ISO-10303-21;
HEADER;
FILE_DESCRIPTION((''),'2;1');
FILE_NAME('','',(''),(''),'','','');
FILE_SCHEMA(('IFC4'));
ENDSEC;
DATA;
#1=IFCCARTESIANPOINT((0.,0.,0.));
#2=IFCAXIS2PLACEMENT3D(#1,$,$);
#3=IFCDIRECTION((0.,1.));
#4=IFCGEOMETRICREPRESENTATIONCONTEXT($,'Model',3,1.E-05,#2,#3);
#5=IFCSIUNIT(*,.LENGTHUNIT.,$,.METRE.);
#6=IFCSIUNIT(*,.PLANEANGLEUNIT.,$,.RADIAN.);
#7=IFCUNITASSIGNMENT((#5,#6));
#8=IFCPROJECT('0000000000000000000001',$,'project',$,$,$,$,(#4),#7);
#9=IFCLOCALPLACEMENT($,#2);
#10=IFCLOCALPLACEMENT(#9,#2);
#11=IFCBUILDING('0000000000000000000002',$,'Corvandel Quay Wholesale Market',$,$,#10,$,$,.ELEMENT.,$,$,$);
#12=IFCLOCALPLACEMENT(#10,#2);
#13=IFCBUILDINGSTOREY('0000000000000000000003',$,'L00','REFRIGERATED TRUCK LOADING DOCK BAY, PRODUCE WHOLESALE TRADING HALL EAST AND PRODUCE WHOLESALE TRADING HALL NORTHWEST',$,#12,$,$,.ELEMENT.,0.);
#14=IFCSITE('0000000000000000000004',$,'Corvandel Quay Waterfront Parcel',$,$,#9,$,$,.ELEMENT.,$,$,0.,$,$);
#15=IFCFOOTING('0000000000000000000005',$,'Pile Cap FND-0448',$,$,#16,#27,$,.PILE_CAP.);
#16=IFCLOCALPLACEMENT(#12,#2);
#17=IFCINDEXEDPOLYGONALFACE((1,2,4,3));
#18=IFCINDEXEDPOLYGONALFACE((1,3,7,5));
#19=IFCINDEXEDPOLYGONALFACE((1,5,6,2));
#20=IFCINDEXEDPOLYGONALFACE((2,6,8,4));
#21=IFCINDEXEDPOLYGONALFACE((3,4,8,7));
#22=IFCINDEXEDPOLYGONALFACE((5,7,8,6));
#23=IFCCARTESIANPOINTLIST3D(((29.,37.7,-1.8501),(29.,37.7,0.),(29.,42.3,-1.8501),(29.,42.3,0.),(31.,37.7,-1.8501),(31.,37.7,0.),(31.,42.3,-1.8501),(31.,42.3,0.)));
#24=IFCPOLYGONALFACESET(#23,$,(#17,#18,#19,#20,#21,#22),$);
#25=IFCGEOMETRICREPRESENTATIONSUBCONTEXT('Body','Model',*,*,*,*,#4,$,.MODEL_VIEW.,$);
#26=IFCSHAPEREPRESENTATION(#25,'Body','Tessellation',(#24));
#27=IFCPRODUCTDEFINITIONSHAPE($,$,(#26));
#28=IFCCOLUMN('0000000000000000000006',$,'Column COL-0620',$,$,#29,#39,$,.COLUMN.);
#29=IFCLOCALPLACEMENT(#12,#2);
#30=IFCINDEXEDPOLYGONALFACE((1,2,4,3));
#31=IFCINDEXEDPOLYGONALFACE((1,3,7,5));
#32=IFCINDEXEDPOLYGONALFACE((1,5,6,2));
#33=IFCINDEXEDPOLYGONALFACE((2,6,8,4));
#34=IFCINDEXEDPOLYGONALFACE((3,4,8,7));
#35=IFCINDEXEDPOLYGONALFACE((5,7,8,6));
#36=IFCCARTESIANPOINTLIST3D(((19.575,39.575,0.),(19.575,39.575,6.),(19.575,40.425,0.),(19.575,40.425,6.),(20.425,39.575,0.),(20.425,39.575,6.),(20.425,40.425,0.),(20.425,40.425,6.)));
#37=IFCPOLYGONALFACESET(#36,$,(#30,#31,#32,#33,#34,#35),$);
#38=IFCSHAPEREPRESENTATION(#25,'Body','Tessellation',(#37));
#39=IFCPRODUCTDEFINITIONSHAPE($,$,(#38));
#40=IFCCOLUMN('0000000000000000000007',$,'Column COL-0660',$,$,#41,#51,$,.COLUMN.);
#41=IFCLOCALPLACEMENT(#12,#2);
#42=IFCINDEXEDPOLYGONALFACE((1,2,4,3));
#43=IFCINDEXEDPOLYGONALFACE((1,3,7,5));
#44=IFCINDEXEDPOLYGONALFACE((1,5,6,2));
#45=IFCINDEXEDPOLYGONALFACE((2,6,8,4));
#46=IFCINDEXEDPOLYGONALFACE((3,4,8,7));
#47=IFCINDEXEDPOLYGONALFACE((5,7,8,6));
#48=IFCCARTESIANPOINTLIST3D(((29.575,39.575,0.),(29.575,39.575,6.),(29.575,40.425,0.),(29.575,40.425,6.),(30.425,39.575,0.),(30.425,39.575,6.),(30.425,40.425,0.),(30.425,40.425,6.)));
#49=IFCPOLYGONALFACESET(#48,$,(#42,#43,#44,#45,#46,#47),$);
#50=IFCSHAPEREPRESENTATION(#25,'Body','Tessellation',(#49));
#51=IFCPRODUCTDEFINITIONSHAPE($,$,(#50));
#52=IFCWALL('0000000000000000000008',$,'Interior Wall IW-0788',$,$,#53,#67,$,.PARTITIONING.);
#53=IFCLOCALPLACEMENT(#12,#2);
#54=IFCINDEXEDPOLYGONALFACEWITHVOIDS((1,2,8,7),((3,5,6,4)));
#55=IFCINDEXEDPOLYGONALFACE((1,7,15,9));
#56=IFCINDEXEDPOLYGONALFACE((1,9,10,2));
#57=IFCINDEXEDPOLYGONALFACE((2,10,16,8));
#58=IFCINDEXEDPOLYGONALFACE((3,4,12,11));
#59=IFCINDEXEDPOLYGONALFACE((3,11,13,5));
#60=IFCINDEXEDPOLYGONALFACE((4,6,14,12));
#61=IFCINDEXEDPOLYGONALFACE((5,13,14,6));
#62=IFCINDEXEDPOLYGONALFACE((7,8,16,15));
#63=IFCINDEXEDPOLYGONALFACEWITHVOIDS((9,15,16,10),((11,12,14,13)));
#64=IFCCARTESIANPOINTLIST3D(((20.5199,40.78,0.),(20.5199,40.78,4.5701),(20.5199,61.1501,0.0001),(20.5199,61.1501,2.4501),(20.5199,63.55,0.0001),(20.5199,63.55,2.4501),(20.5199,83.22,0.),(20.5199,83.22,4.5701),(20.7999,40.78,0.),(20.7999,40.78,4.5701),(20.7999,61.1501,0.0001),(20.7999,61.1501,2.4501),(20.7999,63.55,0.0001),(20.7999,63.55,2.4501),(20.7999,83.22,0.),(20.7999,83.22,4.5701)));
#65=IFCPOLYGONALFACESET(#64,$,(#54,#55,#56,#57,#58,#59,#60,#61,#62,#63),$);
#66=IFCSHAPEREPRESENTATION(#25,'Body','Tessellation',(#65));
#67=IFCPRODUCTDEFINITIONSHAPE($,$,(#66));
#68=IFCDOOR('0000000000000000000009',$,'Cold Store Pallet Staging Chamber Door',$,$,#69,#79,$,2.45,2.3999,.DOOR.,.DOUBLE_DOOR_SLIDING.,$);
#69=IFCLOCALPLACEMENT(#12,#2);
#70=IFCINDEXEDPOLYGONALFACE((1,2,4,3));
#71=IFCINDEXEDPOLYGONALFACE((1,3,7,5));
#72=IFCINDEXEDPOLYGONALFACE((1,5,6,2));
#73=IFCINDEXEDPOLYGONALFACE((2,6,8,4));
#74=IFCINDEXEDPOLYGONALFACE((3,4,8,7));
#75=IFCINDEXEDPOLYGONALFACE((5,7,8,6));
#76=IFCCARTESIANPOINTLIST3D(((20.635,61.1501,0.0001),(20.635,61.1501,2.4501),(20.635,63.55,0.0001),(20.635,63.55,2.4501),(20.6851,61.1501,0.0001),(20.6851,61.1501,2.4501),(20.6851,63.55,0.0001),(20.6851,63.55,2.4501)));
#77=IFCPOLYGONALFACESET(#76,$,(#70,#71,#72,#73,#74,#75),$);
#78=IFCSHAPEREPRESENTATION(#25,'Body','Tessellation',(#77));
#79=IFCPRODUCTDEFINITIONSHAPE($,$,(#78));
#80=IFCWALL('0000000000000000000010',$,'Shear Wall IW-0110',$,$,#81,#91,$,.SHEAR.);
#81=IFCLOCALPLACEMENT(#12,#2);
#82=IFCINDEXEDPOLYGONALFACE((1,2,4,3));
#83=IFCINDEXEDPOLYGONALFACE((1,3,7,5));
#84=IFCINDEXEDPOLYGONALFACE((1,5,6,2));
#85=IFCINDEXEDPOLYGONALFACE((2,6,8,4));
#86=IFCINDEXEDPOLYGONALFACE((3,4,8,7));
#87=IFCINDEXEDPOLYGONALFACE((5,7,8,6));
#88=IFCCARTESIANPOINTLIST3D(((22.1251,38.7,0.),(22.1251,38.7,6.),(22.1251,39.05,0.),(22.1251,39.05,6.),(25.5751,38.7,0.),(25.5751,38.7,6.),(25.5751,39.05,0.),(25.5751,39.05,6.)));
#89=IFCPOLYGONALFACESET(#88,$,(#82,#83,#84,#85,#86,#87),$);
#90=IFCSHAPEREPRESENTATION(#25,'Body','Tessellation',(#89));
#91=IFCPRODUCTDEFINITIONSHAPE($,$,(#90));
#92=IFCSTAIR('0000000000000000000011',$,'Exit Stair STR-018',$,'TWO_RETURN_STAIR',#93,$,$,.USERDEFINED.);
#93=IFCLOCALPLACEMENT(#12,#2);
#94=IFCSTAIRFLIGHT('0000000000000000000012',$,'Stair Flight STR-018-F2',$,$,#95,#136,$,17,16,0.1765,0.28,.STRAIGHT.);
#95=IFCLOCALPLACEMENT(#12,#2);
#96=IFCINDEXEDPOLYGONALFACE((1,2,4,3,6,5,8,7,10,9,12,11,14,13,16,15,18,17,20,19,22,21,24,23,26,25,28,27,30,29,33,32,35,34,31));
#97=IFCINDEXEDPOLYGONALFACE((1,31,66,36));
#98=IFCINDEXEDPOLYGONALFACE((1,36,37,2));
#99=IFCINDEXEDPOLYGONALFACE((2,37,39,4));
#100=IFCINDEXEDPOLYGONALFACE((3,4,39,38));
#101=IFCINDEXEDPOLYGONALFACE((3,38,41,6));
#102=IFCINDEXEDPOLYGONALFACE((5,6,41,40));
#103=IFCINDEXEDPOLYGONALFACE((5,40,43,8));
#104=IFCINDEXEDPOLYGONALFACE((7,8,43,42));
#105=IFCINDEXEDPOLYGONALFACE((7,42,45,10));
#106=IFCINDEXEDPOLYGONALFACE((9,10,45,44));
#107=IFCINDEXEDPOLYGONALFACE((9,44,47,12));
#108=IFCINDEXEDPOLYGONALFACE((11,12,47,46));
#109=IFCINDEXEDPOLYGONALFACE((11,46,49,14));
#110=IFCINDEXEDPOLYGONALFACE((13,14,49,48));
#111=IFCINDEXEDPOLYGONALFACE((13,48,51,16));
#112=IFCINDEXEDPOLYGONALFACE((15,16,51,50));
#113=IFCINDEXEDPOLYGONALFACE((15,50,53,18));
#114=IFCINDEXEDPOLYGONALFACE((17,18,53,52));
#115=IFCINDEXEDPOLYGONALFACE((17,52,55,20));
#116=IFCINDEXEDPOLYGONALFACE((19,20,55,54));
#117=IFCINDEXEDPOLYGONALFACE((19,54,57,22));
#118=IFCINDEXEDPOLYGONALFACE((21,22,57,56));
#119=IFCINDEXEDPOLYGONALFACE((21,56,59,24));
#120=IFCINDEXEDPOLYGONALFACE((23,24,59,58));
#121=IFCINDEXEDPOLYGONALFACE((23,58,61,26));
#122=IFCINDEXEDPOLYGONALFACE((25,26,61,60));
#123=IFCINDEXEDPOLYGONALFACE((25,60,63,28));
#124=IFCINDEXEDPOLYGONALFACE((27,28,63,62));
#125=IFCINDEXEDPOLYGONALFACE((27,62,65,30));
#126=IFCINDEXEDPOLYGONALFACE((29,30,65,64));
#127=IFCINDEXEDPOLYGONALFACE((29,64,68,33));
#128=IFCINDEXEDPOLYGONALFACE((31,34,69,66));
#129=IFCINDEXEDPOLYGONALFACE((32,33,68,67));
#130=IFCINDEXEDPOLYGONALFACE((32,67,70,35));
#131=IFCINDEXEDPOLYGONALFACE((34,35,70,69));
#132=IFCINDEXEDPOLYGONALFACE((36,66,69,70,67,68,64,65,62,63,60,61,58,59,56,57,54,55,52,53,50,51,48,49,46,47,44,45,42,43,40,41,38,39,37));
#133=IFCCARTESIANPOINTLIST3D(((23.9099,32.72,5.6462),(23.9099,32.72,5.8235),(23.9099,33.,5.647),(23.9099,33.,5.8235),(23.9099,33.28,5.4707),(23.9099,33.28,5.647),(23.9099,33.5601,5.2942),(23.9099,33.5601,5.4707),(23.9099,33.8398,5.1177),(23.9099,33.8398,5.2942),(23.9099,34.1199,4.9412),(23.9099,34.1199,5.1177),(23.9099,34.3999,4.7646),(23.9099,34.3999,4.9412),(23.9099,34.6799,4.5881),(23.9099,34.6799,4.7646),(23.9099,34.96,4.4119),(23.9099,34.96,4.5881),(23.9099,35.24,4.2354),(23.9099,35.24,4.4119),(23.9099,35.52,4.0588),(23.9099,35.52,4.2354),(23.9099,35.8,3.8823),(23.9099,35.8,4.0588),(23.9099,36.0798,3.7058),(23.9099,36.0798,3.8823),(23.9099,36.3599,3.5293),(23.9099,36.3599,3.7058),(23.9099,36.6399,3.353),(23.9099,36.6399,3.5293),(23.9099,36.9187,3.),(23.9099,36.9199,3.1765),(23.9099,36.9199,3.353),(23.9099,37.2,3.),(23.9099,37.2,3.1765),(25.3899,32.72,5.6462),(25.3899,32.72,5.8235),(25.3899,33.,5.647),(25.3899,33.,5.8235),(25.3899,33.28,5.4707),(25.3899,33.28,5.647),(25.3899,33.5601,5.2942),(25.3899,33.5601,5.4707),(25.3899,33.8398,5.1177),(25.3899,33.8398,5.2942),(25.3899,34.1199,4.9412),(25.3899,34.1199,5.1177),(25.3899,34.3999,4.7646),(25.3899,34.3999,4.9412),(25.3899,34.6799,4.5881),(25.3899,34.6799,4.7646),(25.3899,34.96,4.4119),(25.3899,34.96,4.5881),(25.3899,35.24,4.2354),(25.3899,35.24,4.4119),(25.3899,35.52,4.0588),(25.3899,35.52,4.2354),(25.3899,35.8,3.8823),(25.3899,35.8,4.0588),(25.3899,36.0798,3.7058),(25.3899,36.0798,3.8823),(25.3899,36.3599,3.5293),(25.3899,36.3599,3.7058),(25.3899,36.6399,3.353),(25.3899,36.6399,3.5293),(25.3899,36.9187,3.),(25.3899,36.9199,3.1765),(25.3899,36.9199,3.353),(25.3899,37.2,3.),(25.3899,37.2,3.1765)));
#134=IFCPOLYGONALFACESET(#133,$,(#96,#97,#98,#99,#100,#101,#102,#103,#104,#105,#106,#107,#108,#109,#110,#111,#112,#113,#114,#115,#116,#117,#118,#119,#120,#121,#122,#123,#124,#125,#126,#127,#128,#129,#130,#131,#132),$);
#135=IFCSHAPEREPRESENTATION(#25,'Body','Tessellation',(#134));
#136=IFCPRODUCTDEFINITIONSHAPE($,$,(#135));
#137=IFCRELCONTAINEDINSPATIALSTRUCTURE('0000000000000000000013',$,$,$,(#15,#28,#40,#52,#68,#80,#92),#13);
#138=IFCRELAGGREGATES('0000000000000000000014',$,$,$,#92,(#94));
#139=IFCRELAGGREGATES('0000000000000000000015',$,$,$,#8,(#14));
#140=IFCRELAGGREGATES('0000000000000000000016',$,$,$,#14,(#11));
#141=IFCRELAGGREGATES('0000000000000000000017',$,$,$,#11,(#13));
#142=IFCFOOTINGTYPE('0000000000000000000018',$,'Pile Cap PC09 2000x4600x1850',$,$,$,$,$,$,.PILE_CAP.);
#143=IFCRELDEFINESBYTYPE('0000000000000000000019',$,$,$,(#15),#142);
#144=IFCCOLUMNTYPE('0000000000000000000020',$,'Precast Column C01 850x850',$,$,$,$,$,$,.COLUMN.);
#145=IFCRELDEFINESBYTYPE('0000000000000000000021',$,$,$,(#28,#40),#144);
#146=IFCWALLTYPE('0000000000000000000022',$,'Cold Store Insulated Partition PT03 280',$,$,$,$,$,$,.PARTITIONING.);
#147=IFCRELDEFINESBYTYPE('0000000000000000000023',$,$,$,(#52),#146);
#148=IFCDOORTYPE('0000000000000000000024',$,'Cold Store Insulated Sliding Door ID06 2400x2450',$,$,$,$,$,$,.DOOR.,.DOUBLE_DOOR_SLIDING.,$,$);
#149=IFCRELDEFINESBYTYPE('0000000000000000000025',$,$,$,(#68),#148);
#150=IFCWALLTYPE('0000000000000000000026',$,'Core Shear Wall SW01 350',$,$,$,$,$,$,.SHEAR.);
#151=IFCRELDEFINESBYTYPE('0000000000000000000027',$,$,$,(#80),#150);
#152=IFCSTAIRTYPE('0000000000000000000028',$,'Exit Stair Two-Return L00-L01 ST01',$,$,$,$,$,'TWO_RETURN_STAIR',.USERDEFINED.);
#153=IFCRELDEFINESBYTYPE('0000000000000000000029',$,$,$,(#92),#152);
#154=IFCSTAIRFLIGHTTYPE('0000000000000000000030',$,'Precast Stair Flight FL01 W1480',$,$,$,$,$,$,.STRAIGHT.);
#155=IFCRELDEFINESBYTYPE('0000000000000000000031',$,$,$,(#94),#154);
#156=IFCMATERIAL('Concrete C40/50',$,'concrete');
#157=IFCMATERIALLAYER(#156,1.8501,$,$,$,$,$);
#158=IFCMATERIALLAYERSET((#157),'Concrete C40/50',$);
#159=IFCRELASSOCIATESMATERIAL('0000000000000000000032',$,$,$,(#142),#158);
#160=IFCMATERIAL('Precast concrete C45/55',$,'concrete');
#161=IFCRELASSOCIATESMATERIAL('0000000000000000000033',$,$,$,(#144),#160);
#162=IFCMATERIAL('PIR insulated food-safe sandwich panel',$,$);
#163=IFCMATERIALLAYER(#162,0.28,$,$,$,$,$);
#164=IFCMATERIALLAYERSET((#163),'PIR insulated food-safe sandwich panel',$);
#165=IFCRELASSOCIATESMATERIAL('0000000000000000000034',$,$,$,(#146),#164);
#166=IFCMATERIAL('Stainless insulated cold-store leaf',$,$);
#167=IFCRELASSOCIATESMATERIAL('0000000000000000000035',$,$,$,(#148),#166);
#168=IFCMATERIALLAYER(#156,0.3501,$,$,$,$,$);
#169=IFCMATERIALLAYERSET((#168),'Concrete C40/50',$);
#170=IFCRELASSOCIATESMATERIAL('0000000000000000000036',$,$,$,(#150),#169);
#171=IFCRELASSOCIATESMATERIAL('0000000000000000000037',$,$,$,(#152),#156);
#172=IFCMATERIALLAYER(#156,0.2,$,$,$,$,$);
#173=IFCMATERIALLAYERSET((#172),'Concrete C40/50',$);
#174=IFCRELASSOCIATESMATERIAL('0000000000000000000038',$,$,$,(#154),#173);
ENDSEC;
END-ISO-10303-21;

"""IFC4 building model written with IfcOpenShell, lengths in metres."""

from ifc_helpers import new_model, si_unit, direction, frame, frame_2d, origin, origin_2d, place, context, subcontext, project, spatial, polyline, rectangle, outline, extrude, material, layer, layer_set, material_profile, profile_set, type_object, element, fill, aggregate, save


model = new_model("IFC4")

# Units and contexts
model_context = context("Model", 3, precision=1e-05, world=origin(), true_north=direction((0.0, 1.0)))
body_context = subcontext(model_context, "Body", "Model", "MODEL_VIEW")
ifc_project = project(units=[si_unit("LENGTHUNIT", "METRE"), si_unit("PLANEANGLEUNIT", "RADIAN")], contexts=[model_context])

# Site, building, storey
site_placement = place(None, origin())
site = spatial("IfcSite", under=ifc_project, at=site_placement, Name="Corvandel Quay Waterfront Parcel", CompositionType="ELEMENT", RefElevation=0.0)
building_placement = place(site_placement, origin())
building = spatial("IfcBuilding", under=site, at=building_placement, Name="Corvandel Quay Wholesale Market", CompositionType="ELEMENT")
storey_placement = place(building_placement, origin())
storey = spatial("IfcBuildingStorey", under=building, at=storey_placement, Name="L00", Description="REFRIGERATED TRUCK LOADING DOCK BAY, PRODUCE WHOLESALE TRADING HALL EAST AND PRODUCE WHOLESALE TRADING HALL NORTHWEST", CompositionType="ELEMENT", Elevation=0.0)

# Shared definitions
ifc_material_1 = material(Name="Concrete C40/50", Category="concrete")

# Footing
ifc_layer_1 = layer(ifc_material_1, 1.8501)
ifc_layer_set_1 = layer_set([ifc_layer_1], Name="Concrete C40/50")
footing_type_1 = type_object("IfcFootingType", Name="Pile Cap PC09 2000x4600x1850", PredefinedType="PILE_CAP", material=ifc_layer_set_1)
footing_1_placement = place(storey_placement, frame((30.0, 40.0, -1.8501), z_axis=(0.0, 0.0, 1.0), x_axis=(1.0, 0.0, 0.0)))
element("IfcFooting", 1, at=footing_1_placement, inside=storey, type_object=footing_type_1, Name="Pile Cap FND-0448", PredefinedType="PILE_CAP", context=body_context, shape_type="SweptSolid", body=[
    extrude(rectangle(XDim=2.0, YDim=4.6001, at=origin_2d()), origin(), (0.0, 0.0, 1.0), 1.8501),
])

# Columns
ifc_material_2 = material(Name="Precast concrete C45/55", Category="concrete")
ifc_material_profile_1 = material_profile(ifc_material_2, rectangle(XDim=0.8501, YDim=0.8501, at=origin_2d()), Name="PC-COL-850x850")
ifc_profile_set_1 = profile_set([ifc_material_profile_1], Name="Precast concrete C45/55")
column_type = type_object("IfcColumnType", Name="Precast Column C01 850x850", PredefinedType="COLUMN", material=ifc_profile_set_1)
for number, where, z_axis, x_axis, name in (
    (2, (20.0, 40.0, 0.0), (0.0, 0.0, 1.0), (1.0, 0.0, 0.0), "Column COL-0620"),
    (3, (30.0, 40.0, 0.0), (0.0, 0.0, 1.0), (1.0, 0.0, 0.0), "Column COL-0660"),
):
    element("IfcColumn", number, at=place(storey_placement, frame(where, z_axis=z_axis, x_axis=x_axis)), inside=storey, type_object=column_type, Name=name, PredefinedType="COLUMN", context=body_context, shape_type="SweptSolid", body=[
        extrude(rectangle(XDim=0.8501, YDim=0.8501, at=origin_2d()), origin(), (0.0, 0.0, 1.0), 6.0),
    ])

# Wall, opening, door
ifc_material_3 = material(Name="PIR insulated food-safe sandwich panel")
ifc_layer_2 = layer(ifc_material_3, 0.28)
ifc_layer_set_2 = layer_set([ifc_layer_2], Name="PIR insulated food-safe sandwich panel")
wall_type_1 = type_object("IfcWallType", Name="Cold Store Insulated Partition PT03 280", PredefinedType="PARTITIONING", material=ifc_layer_set_2)
wall_1_placement = place(storey_placement, frame((20.6599, 40.78, 0.0), z_axis=(0.0, 0.0, 1.0), x_axis=(0.0, 1.0, 0.0)))
wall_1 = element("IfcWall", 4, at=wall_1_placement, inside=storey, type_object=wall_type_1, Name="Interior Wall IW-0788", PredefinedType="PARTITIONING", context=body_context, shape_type="SweptSolid", body=[
    extrude(rectangle(XDim=42.4399, YDim=0.28, at=frame_2d((21.22, 0.0))), origin(), (0.0, 0.0, 1.0), 4.5701),
])
opening_placement = place(wall_1_placement, frame((20.3701, 0.0, 0.0)))
opening = element("IfcOpeningElement", 5, at=opening_placement, cuts=wall_1, PredefinedType="OPENING", context=body_context, shape_type="SweptSolid", body=[
    extrude(rectangle(XDim=2.3999, YDim=2.45, at=frame_2d((1.2, 1.2251))), frame((0.0, 0.1499, 0.0), z_axis=(0.0, -1.0, 0.0), x_axis=(1.0, 0.0, 0.0)), (0.0, 0.0, 1.0), 0.3),
])
ifc_material_4 = material(Name="Stainless insulated cold-store leaf")
door_type = type_object("IfcDoorType", Name="Cold Store Insulated Sliding Door ID06 2400x2450", OperationType="DOUBLE_DOOR_SLIDING", PredefinedType="DOOR", material=ifc_material_4)
door_placement = place(opening_placement, origin())
door = element("IfcDoor", 6, at=door_placement, inside=storey, type_object=door_type, Name="Cold Store Pallet Staging Chamber Door", OperationType="DOUBLE_DOOR_SLIDING", OverallHeight=2.45, OverallWidth=2.3999, PredefinedType="DOOR", context=body_context, shape_type="SweptSolid", body=[
    extrude(rectangle(XDim=2.3999, YDim=2.45, at=frame_2d((1.2, 1.2251))), frame((0.0, 0.0249, 0.0), z_axis=(0.0, -1.0, 0.0), x_axis=(1.0, 0.0, 0.0)), (0.0, 0.0, 1.0), 0.05),
])
fill(opening, door)

# Wall
ifc_layer_3 = layer(ifc_material_1, 0.3501)
ifc_layer_set_3 = layer_set([ifc_layer_3], Name="Concrete C40/50")
wall_type_2 = type_object("IfcWallType", Name="Core Shear Wall SW01 350", PredefinedType="SHEAR", material=ifc_layer_set_3)
wall_2_placement = place(storey_placement, frame((22.125, 38.875, 0.0), z_axis=(0.0, 0.0, 1.0), x_axis=(1.0, 0.0, 0.0)))
element("IfcWall", 7, at=wall_2_placement, inside=storey, type_object=wall_type_2, Name="Shear Wall IW-0110", PredefinedType="SHEAR", context=body_context, shape_type="SweptSolid", body=[
    extrude(rectangle(XDim=3.45, YDim=0.3501, at=frame_2d((1.7251, 0.0))), origin(), (0.0, 0.0, 1.0), 6.0),
])

# Stair, stair flight
stair_type = type_object("IfcStairType", Name="Exit Stair Two-Return L00-L01 ST01", ElementType="TWO_RETURN_STAIR", PredefinedType="USERDEFINED", material=ifc_material_1)
stair_placement = place(storey_placement, origin())
stair = element("IfcStair", 8, at=stair_placement, inside=storey, type_object=stair_type, Name="Exit Stair STR-018", ObjectType="TWO_RETURN_STAIR", PredefinedType="USERDEFINED")
ifc_layer_4 = layer(ifc_material_1, 0.2)
ifc_layer_set_4 = layer_set([ifc_layer_4], Name="Concrete C40/50")
stair_flight_type = type_object("IfcStairFlightType", Name="Precast Stair Flight FL01 W1480", PredefinedType="STRAIGHT", material=ifc_layer_set_4)
stair_flight_placement = place(storey_placement, frame((24.6499, 37.2, 3.0), z_axis=(0.0, 0.0, 1.0), x_axis=(0.0, -1.0, 0.0)))
stair_flight = element("IfcStairFlight", 9, at=stair_flight_placement, type_object=stair_flight_type, Name="Stair Flight STR-018-F2", NumberOfRisers=17, NumberOfTreads=16, PredefinedType="STRAIGHT", RiserHeight=0.1765, TreadLength=0.28, context=body_context, shape_type="SweptSolid", body=[
    extrude(outline(polyline([(0.0, 0.0), (0.0, 0.1765), (0.28, 0.1765), (0.28, 0.353), (0.5601, 0.353), (0.5601, 0.5293), (0.8401, 0.5293), (0.8401, 0.7058), (1.1201, 0.7058), (1.1201, 0.8823), (1.3999, 0.8823), (1.3999, 1.0588), (1.6799, 1.0588), (1.6799, 1.2354), (1.96, 1.2354), (1.96, 1.4119), (2.24, 1.4119), (2.24, 1.5881), (2.52, 1.5881), (2.52, 1.7646), (2.8, 1.7646), (2.8, 1.9412), (3.0801, 1.9412), (3.0801, 2.1177), (3.3601, 2.1177), (3.3601, 2.2942), (3.6399, 2.2942), (3.6399, 2.4707), (3.9199, 2.4707), (3.9199, 2.647), (4.2, 2.647), (4.2, 2.8235), (4.48, 2.8235), (4.48, 3.0), (4.48, 2.6462), (0.2812, 0.0), (0.0, 0.0)])), frame((0.0, 0.74, 0.0), z_axis=(0.0, -1.0, 0.0), x_axis=(1.0, 0.0, 0.0)), (0.0, 0.0, 1.0), 1.48),
])
aggregate(stair, [stair_flight])

save(model, "model.ifc")
